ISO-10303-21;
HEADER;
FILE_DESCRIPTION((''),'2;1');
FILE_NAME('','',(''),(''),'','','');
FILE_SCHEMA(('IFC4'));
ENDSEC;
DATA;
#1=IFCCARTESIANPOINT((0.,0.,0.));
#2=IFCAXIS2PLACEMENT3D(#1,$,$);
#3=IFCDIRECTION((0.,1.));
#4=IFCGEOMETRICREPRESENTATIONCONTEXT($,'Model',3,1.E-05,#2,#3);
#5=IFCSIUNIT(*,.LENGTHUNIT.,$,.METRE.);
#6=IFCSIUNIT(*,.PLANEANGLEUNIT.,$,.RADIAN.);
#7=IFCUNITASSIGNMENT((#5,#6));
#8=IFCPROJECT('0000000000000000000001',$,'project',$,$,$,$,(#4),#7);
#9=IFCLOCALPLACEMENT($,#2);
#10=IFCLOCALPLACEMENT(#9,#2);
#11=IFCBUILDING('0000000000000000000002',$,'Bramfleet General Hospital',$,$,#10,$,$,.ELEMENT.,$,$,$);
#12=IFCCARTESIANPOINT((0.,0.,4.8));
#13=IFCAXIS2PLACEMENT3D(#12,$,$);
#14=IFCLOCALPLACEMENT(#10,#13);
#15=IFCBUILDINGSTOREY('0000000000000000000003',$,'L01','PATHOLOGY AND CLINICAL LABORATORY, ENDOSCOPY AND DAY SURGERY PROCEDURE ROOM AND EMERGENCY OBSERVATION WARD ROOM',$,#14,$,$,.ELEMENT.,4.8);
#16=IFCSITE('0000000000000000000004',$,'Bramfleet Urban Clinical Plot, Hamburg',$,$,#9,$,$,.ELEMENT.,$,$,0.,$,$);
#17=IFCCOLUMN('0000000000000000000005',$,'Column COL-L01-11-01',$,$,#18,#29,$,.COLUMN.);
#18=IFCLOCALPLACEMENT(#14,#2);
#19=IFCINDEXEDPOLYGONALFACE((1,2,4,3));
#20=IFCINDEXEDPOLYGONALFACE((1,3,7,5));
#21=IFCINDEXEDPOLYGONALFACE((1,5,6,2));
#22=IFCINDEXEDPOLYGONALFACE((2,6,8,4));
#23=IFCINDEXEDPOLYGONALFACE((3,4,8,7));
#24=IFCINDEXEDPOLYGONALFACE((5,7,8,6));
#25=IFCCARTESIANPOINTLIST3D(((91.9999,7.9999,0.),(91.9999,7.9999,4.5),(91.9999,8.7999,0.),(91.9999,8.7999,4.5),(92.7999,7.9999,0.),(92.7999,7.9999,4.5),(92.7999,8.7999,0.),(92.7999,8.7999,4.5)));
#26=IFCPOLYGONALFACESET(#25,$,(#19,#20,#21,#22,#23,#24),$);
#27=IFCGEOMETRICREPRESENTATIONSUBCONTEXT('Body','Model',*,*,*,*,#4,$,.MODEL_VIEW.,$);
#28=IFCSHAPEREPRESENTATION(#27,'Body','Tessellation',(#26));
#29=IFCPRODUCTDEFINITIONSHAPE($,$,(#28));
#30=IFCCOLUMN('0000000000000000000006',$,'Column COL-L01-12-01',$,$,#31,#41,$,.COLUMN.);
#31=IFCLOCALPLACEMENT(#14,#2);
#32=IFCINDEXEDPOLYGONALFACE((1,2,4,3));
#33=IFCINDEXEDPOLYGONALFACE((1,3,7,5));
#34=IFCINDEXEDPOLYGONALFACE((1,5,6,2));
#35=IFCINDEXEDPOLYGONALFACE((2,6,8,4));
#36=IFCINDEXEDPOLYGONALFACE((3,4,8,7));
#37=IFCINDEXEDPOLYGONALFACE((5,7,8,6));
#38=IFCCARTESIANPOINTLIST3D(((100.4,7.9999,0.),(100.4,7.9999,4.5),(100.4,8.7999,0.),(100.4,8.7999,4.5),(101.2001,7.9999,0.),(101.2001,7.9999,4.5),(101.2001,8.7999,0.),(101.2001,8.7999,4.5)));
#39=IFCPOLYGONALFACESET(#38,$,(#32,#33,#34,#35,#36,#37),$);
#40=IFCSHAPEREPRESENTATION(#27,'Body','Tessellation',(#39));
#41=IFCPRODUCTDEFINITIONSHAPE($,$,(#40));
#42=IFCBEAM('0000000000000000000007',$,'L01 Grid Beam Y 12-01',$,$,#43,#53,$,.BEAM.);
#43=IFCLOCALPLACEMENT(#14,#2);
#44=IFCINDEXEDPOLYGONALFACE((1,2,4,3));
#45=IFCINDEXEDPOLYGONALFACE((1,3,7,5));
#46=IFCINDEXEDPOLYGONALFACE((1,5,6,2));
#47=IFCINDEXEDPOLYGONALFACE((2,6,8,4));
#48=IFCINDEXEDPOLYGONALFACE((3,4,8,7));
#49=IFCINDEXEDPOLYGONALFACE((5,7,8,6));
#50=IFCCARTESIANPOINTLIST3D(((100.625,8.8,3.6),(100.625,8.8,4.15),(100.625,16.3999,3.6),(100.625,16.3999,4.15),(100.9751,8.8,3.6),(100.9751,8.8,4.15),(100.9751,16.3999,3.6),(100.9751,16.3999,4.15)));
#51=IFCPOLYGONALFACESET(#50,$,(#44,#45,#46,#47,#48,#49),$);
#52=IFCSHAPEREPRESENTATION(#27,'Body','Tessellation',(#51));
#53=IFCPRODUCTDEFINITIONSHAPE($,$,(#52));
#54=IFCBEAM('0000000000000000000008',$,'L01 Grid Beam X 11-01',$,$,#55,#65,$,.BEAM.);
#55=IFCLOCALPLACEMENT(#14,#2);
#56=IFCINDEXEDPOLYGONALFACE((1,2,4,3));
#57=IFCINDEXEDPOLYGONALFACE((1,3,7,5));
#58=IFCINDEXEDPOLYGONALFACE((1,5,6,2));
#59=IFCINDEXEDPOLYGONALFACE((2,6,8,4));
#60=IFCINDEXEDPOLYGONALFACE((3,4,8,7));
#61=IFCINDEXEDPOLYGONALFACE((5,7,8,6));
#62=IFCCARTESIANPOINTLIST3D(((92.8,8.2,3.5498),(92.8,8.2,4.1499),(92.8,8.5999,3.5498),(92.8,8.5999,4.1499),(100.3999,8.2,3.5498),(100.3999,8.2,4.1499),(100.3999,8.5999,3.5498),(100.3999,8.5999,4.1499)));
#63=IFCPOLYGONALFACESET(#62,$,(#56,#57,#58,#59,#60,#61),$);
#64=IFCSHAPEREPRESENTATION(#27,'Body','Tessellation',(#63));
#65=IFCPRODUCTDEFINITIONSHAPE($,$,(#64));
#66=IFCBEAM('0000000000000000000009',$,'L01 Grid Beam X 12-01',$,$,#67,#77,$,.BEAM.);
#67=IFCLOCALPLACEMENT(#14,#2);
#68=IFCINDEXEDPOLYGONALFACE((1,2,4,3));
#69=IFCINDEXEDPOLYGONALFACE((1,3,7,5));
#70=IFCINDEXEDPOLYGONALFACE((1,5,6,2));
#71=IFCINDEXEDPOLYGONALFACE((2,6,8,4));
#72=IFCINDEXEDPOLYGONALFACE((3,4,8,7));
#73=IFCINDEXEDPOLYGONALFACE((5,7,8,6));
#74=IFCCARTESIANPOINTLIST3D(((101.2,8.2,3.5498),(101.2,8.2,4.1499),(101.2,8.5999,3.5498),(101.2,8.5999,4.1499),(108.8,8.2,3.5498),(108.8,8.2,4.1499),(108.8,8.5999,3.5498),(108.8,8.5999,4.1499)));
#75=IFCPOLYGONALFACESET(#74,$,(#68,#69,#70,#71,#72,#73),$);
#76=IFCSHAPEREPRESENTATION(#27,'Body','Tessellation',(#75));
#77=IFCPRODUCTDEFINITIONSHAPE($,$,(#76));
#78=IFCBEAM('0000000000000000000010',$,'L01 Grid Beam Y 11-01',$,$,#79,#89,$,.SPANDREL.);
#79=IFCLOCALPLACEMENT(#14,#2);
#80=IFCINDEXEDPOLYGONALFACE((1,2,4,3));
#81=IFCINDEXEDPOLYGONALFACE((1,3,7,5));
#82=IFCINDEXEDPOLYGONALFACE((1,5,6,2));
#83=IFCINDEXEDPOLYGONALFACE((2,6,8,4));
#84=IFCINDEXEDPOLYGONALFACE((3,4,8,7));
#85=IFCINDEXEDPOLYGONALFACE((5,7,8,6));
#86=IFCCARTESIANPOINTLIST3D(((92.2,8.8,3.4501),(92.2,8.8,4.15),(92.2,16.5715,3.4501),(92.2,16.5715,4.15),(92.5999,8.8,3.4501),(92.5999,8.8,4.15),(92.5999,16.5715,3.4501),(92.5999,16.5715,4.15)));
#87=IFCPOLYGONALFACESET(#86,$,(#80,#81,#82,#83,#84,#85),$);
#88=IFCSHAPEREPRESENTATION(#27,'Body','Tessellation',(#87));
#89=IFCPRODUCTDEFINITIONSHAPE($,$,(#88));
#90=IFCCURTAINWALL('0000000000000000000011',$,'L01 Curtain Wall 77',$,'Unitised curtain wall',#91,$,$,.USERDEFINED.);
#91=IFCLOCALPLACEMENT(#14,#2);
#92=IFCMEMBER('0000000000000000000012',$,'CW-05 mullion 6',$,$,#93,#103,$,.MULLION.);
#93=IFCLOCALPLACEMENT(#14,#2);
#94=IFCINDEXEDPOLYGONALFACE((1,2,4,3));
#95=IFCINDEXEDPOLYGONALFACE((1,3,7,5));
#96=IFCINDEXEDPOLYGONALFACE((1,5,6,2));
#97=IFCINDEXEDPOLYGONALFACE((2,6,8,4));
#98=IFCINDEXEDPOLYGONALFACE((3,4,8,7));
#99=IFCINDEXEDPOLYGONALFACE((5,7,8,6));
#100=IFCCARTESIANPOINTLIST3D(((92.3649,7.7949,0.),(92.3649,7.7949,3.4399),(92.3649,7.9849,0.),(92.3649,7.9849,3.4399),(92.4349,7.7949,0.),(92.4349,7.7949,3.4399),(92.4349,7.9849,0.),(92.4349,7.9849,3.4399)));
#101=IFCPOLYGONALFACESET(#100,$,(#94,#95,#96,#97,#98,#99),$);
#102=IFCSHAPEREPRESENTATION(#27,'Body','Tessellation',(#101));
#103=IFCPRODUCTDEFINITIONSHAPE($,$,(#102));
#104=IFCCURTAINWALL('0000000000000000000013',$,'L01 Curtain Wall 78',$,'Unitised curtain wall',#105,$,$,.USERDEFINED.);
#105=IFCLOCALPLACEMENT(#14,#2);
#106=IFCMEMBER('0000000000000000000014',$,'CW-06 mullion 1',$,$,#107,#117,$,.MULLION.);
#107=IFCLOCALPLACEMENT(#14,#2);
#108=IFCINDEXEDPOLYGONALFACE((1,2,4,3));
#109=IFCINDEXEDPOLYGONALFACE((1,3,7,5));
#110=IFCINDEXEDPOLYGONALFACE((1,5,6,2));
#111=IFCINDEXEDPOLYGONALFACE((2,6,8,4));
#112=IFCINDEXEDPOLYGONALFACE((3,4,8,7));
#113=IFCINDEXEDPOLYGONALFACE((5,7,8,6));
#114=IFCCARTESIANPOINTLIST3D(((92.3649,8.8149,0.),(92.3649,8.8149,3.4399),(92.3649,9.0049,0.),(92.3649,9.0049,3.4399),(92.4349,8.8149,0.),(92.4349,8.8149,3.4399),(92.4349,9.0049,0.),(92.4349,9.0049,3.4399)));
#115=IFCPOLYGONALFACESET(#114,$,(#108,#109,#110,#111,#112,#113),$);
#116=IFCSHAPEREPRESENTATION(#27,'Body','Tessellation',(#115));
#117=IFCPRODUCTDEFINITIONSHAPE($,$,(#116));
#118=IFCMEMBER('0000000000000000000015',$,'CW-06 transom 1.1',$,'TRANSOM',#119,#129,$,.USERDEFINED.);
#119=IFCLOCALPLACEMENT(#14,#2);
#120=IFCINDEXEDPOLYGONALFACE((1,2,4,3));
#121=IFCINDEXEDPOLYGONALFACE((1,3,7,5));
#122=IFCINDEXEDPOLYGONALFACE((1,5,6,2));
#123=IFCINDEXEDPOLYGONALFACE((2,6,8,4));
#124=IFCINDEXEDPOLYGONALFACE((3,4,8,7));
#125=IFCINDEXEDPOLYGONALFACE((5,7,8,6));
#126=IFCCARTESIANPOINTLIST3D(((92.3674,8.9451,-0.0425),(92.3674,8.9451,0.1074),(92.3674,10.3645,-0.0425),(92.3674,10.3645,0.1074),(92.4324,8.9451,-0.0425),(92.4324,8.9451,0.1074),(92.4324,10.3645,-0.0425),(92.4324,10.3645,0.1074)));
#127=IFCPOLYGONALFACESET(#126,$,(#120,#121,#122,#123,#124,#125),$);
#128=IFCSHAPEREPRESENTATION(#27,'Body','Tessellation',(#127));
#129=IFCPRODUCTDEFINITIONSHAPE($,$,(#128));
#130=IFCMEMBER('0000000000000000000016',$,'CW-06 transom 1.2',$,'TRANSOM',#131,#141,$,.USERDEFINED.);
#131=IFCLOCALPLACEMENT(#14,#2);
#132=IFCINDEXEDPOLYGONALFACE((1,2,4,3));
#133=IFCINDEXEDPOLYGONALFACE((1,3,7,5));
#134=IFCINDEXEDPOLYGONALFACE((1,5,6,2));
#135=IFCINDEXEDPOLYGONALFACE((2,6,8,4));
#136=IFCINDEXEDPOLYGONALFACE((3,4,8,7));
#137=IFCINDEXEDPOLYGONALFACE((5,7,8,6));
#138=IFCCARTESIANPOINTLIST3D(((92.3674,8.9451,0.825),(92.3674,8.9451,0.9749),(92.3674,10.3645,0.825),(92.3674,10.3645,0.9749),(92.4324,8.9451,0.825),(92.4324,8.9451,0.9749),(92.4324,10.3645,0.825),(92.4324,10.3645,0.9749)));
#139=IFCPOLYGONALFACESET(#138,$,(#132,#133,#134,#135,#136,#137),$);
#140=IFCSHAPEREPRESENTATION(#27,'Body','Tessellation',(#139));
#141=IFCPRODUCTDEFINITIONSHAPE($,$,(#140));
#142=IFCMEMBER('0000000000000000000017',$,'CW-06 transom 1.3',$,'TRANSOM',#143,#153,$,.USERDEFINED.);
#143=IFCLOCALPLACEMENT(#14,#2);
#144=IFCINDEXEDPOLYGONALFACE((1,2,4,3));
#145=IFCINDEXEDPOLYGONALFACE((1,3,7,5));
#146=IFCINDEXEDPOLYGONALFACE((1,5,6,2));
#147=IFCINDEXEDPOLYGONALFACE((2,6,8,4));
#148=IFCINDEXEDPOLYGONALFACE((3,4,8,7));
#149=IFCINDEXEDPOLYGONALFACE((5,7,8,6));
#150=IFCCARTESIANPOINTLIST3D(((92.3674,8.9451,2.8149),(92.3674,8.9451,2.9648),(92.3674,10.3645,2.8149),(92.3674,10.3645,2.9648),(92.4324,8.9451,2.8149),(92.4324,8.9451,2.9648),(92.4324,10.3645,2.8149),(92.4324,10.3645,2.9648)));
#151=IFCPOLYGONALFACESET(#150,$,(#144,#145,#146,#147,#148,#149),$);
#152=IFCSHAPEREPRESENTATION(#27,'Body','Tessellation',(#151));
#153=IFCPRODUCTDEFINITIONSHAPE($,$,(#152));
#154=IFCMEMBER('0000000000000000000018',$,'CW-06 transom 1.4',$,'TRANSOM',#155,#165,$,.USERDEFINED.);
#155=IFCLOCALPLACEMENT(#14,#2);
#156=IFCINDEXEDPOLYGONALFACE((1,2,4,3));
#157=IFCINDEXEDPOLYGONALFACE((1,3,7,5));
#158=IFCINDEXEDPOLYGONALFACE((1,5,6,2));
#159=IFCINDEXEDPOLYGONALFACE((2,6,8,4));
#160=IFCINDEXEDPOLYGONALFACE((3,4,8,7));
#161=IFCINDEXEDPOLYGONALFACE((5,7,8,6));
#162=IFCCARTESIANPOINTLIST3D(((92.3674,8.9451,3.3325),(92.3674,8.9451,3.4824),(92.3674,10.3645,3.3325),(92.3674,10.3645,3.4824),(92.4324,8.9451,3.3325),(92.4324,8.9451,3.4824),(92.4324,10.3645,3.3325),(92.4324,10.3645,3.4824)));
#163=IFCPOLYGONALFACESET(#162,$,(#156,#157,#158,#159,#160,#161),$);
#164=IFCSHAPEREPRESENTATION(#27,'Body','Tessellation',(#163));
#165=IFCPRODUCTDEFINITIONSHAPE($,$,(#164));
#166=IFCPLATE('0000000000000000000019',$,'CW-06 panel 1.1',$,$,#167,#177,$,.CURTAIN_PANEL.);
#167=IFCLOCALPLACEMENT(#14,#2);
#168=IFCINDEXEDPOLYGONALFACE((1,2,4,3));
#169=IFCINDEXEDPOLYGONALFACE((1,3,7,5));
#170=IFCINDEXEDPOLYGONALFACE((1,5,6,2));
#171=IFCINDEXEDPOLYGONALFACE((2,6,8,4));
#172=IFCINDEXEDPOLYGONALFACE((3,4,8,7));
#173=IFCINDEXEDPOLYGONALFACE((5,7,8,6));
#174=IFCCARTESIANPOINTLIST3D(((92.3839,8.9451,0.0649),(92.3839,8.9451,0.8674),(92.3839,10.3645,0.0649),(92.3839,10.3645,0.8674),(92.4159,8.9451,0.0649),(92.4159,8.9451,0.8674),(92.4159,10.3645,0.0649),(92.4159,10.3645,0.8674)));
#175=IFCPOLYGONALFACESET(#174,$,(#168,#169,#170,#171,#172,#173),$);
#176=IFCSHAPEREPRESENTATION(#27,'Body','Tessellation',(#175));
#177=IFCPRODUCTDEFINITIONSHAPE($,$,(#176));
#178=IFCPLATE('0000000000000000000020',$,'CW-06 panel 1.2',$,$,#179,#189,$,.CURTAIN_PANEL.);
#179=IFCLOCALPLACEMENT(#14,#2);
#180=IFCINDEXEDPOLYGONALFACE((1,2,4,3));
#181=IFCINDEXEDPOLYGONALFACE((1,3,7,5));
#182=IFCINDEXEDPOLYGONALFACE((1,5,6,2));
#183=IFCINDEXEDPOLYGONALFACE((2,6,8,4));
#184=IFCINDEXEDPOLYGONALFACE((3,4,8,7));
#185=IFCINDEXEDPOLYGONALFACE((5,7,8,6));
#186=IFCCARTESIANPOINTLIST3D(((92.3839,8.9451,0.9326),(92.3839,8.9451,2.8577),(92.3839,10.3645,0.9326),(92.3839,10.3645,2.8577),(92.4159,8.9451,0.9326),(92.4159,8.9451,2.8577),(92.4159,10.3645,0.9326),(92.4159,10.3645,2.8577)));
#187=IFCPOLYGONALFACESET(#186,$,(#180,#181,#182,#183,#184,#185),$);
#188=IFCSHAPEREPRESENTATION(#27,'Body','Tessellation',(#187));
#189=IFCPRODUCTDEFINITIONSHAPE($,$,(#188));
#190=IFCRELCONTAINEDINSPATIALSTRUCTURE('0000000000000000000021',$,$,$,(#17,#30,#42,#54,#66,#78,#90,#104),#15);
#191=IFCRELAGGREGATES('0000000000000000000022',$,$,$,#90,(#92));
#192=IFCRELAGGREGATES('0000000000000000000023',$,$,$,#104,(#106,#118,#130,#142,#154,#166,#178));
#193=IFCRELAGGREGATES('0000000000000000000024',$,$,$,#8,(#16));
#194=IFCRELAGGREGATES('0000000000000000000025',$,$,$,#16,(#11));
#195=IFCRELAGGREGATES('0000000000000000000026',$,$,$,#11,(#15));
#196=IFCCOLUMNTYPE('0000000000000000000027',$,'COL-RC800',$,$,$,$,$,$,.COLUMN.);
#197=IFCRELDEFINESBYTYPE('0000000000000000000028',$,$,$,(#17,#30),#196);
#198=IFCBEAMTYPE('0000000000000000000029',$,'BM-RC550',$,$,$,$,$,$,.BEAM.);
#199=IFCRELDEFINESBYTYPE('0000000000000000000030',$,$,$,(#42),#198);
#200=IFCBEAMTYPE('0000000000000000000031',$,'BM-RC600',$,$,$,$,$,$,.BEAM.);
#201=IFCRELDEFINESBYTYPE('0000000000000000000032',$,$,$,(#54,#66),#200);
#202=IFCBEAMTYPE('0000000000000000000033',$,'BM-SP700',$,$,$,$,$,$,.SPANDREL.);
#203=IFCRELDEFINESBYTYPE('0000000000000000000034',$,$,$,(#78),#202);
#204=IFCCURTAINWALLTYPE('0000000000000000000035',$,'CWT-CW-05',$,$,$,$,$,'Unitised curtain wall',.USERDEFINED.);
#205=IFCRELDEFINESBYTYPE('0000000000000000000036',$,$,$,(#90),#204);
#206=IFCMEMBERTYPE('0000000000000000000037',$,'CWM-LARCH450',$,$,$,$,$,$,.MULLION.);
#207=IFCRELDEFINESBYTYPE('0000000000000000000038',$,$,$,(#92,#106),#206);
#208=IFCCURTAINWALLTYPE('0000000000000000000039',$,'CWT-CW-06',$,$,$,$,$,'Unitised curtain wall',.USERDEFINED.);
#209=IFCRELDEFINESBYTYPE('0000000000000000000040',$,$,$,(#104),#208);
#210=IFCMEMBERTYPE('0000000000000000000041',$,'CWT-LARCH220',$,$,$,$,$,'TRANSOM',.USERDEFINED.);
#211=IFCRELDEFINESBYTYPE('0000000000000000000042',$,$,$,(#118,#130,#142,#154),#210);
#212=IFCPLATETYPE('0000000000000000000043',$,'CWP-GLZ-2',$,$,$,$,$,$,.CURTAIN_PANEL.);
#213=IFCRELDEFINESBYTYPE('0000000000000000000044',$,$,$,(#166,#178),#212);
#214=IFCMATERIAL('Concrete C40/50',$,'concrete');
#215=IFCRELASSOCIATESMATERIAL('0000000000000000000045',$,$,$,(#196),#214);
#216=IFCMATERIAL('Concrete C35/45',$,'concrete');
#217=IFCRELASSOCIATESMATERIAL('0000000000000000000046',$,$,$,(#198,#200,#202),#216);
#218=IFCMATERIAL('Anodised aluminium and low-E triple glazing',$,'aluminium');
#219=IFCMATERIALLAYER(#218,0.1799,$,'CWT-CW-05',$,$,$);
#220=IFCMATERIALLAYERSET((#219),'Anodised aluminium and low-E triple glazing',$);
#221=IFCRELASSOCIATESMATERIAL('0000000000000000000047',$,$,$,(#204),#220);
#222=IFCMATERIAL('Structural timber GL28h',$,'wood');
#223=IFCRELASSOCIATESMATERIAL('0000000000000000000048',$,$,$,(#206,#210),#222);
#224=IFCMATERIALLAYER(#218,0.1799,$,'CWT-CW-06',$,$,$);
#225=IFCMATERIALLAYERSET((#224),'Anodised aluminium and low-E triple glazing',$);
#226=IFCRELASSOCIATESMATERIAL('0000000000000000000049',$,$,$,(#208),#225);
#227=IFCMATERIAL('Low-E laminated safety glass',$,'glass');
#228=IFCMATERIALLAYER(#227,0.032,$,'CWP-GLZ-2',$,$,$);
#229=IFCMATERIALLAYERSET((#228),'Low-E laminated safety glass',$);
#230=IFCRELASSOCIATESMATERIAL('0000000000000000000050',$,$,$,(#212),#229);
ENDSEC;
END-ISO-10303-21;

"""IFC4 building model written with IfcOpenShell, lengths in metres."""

from ifc_helpers import new_model, si_unit, direction, frame, origin, origin_2d, place, context, subcontext, project, spatial, rectangle, extrude, material, layer, layer_set, material_profile, profile_set, type_object, element, aggregate, save


model = new_model("IFC4")

# Units and contexts
model_context = context("Model", 3, precision=1e-05, world=origin(), true_north=direction((0.0, 1.0)))
body_context = subcontext(model_context, "Body", "Model", "MODEL_VIEW")
ifc_project = project(units=[si_unit("LENGTHUNIT", "METRE"), si_unit("PLANEANGLEUNIT", "RADIAN")], contexts=[model_context])

# Site, building, storey
site_placement = place(None, origin())
site = spatial("IfcSite", under=ifc_project, at=site_placement, Name="Bramfleet Urban Clinical Plot, Hamburg", CompositionType="ELEMENT", RefElevation=0.0)
building_placement = place(site_placement, origin())
building = spatial("IfcBuilding", under=site, at=building_placement, Name="Bramfleet General Hospital", CompositionType="ELEMENT")
storey_placement = place(building_placement, frame((0.0, 0.0, 4.8)))
storey = spatial("IfcBuildingStorey", under=building, at=storey_placement, Name="L01", Description="PATHOLOGY AND CLINICAL LABORATORY, ENDOSCOPY AND DAY SURGERY PROCEDURE ROOM AND EMERGENCY OBSERVATION WARD ROOM", CompositionType="ELEMENT", Elevation=4.8)

# Columns
ifc_material_1 = material(Name="Concrete C40/50", Category="concrete")
ifc_material_profile_1 = material_profile(ifc_material_1, rectangle(XDim=0.8, YDim=0.8, at=origin_2d()), Name="RC COL 800x800")
ifc_profile_set_1 = profile_set([ifc_material_profile_1], Name="Concrete C40/50")
column_type = type_object("IfcColumnType", Name="COL-RC800", PredefinedType="COLUMN", material=ifc_profile_set_1)
for number, where, z_axis, x_axis, name in (
    (1, (92.3999, 8.3999, 0.0), (0.0, 0.0, 1.0), (1.0, 0.0, 0.0), "Column COL-L01-11-01"),
    (2, (100.8, 8.3999, 0.0), (0.0, 0.0, 1.0), (1.0, 0.0, 0.0), "Column COL-L01-12-01"),
):
    element("IfcColumn", number, at=place(storey_placement, frame(where, z_axis=z_axis, x_axis=x_axis)), inside=storey, type_object=column_type, Name=name, PredefinedType="COLUMN", context=body_context, shape_type="SweptSolid", body=[
        extrude(rectangle(XDim=0.8, YDim=0.8, at=origin_2d()), origin(), (0.0, 0.0, 1.0), 4.5),
    ])

# Beams
ifc_material_2 = material(Name="Concrete C35/45", Category="concrete")
ifc_material_profile_2 = material_profile(ifc_material_2, rectangle(XDim=0.3501, YDim=0.55, at=origin_2d()), Name="RC BM 550x350")
ifc_profile_set_2 = profile_set([ifc_material_profile_2], Name="Concrete C35/45")
beam_type_1 = type_object("IfcBeamType", Name="BM-RC550", PredefinedType="BEAM", material=ifc_profile_set_2)
beam_1_placement = place(storey_placement, frame((100.8, 8.8, 3.875), z_axis=(0.0, 1.0, 0.0), x_axis=(-1.0, 0.0, 0.0)))
element("IfcBeam", 3, at=beam_1_placement, inside=storey, type_object=beam_type_1, Name="L01 Grid Beam Y 12-01", PredefinedType="BEAM", context=body_context, shape_type="SweptSolid", body=[
    extrude(rectangle(XDim=0.3501, YDim=0.55, at=origin_2d()), origin(), (0.0, 0.0, 1.0), 7.5999),
])
ifc_material_profile_3 = material_profile(ifc_material_2, rectangle(XDim=0.3999, YDim=0.6001, at=origin_2d()), Name="RC BM 600x400")
ifc_profile_set_3 = profile_set([ifc_material_profile_3], Name="Concrete C35/45")
beam_type_2 = type_object("IfcBeamType", Name="BM-RC600", PredefinedType="BEAM", material=ifc_profile_set_3)
beam_2_placement = place(storey_placement, frame((92.8, 8.3999, 3.8499), z_axis=(1.0, 0.0, 0.0), x_axis=(0.0, 1.0, 0.0)))
element("IfcBeam", 4, at=beam_2_placement, inside=storey, type_object=beam_type_2, Name="L01 Grid Beam X 11-01", PredefinedType="BEAM", context=body_context, shape_type="SweptSolid", body=[
    extrude(rectangle(XDim=0.3999, YDim=0.6001, at=origin_2d()), origin(), (0.0, 0.0, 1.0), 7.5999),
])
beam_3_placement = place(storey_placement, frame((101.2, 8.3999, 3.8499), z_axis=(1.0, 0.0, 0.0), x_axis=(0.0, 1.0, 0.0)))
element("IfcBeam", 5, at=beam_3_placement, inside=storey, type_object=beam_type_2, Name="L01 Grid Beam X 12-01", PredefinedType="BEAM", context=body_context, shape_type="SweptSolid", body=[
    extrude(rectangle(XDim=0.3999, YDim=0.6001, at=origin_2d()), origin(), (0.0, 0.0, 1.0), 7.6001),
])
ifc_material_profile_4 = material_profile(ifc_material_2, rectangle(XDim=0.3999, YDim=0.7, at=origin_2d()), Name="RC SP 700x400")
ifc_profile_set_4 = profile_set([ifc_material_profile_4], Name="Concrete C35/45")
beam_type_3 = type_object("IfcBeamType", Name="BM-SP700", PredefinedType="SPANDREL", material=ifc_profile_set_4)
beam_4_placement = place(storey_placement, frame((92.3999, 8.8, 3.8), z_axis=(0.0, 1.0, 0.0), x_axis=(-1.0, 0.0, 0.0)))
element("IfcBeam", 6, at=beam_4_placement, inside=storey, type_object=beam_type_3, Name="L01 Grid Beam Y 11-01", PredefinedType="SPANDREL", context=body_context, shape_type="SweptSolid", body=[
    extrude(rectangle(XDim=0.3999, YDim=0.7, at=origin_2d()), origin(), (0.0, 0.0, 1.0), 7.7715),
])

# Curtain wall, member
ifc_material_3 = material(Name="Anodised aluminium and low-E triple glazing", Category="aluminium")
ifc_layer_1 = layer(ifc_material_3, 0.1799, Name="CWT-CW-05")
ifc_layer_set_1 = layer_set([ifc_layer_1], Name="Anodised aluminium and low-E triple glazing")
curtain_wall_type_1 = type_object("IfcCurtainWallType", Name="CWT-CW-05", ElementType="Unitised curtain wall", PredefinedType="USERDEFINED", material=ifc_layer_set_1)
curtain_wall_1_placement = place(storey_placement, origin())
curtain_wall_1 = element("IfcCurtainWall", 7, at=curtain_wall_1_placement, inside=storey, type_object=curtain_wall_type_1, Name="L01 Curtain Wall 77", ObjectType="Unitised curtain wall", PredefinedType="USERDEFINED")
ifc_material_4 = material(Name="Structural timber GL28h", Category="wood")
ifc_material_profile_5 = material_profile(ifc_material_4, rectangle(XDim=0.0701, YDim=0.1899, at=origin_2d()), Name="LARCH 190x70")
ifc_profile_set_5 = profile_set([ifc_material_profile_5], Name="Structural timber GL28h")
member_type_1 = type_object("IfcMemberType", Name="CWM-LARCH450", PredefinedType="MULLION", material=ifc_profile_set_5)
member_1_placement = place(storey_placement, frame((92.3999, 7.8899, 0.0), z_axis=(0.0, 0.0, 1.0), x_axis=(-1.0, 0.0, 0.0)))
member_1 = element("IfcMember", 8, at=member_1_placement, type_object=member_type_1, Name="CW-05 mullion 6", PredefinedType="MULLION", context=body_context, shape_type="SweptSolid", body=[
    extrude(rectangle(XDim=0.0701, YDim=0.1899, at=origin_2d()), origin(), (0.0, 0.0, 1.0), 3.4399),
])
aggregate(curtain_wall_1, [member_1])

# Curtain wall, members, plates
ifc_layer_2 = layer(ifc_material_3, 0.1799, Name="CWT-CW-06")
ifc_layer_set_2 = layer_set([ifc_layer_2], Name="Anodised aluminium and low-E triple glazing")
curtain_wall_type_2 = type_object("IfcCurtainWallType", Name="CWT-CW-06", ElementType="Unitised curtain wall", PredefinedType="USERDEFINED", material=ifc_layer_set_2)
curtain_wall_2_placement = place(storey_placement, origin())
curtain_wall_2 = element("IfcCurtainWall", 9, at=curtain_wall_2_placement, inside=storey, type_object=curtain_wall_type_2, Name="L01 Curtain Wall 78", ObjectType="Unitised curtain wall", PredefinedType="USERDEFINED")
member_2_placement = place(storey_placement, frame((92.3999, 8.9099, 0.0), z_axis=(0.0, 0.0, 1.0), x_axis=(-1.0, 0.0, 0.0)))
member_2 = element("IfcMember", 10, at=member_2_placement, type_object=member_type_1, Name="CW-06 mullion 1", PredefinedType="MULLION", context=body_context, shape_type="SweptSolid", body=[
    extrude(rectangle(XDim=0.0701, YDim=0.1899, at=origin_2d()), origin(), (0.0, 0.0, 1.0), 3.4399),
])
ifc_material_profile_6 = material_profile(ifc_material_4, rectangle(XDim=0.0649, YDim=0.1499, at=origin_2d()), Name="LARCH 150x65")
ifc_profile_set_6 = profile_set([ifc_material_profile_6], Name="Structural timber GL28h")
member_type_2 = type_object("IfcMemberType", Name="CWT-LARCH220", ElementType="TRANSOM", PredefinedType="USERDEFINED", material=ifc_profile_set_6)
member_3_placement = place(storey_placement, frame((92.3999, 8.9451, 0.0325), z_axis=(0.0, 1.0, 0.0), x_axis=(-1.0, 0.0, 0.0)))
member_3 = element("IfcMember", 11, at=member_3_placement, type_object=member_type_2, Name="CW-06 transom 1.1", ObjectType="TRANSOM", PredefinedType="USERDEFINED", context=body_context, shape_type="SweptSolid", body=[
    extrude(rectangle(XDim=0.0649, YDim=0.1499, at=origin_2d()), origin(), (0.0, 0.0, 1.0), 1.4194),
])
member_4_placement = place(storey_placement, frame((92.3999, 8.9451, 0.8999), z_axis=(0.0, 1.0, 0.0), x_axis=(-1.0, 0.0, 0.0)))
member_4 = element("IfcMember", 12, at=member_4_placement, type_object=member_type_2, Name="CW-06 transom 1.2", ObjectType="TRANSOM", PredefinedType="USERDEFINED", context=body_context, shape_type="SweptSolid", body=[
    extrude(rectangle(XDim=0.0649, YDim=0.1499, at=origin_2d()), origin(), (0.0, 0.0, 1.0), 1.4194),
])
member_5_placement = place(storey_placement, frame((92.3999, 8.9451, 2.8899), z_axis=(0.0, 1.0, 0.0), x_axis=(-1.0, 0.0, 0.0)))
member_5 = element("IfcMember", 13, at=member_5_placement, type_object=member_type_2, Name="CW-06 transom 1.3", ObjectType="TRANSOM", PredefinedType="USERDEFINED", context=body_context, shape_type="SweptSolid", body=[
    extrude(rectangle(XDim=0.0649, YDim=0.1499, at=origin_2d()), origin(), (0.0, 0.0, 1.0), 1.4194),
])
member_6_placement = place(storey_placement, frame((92.3999, 8.9451, 3.4075), z_axis=(0.0, 1.0, 0.0), x_axis=(-1.0, 0.0, 0.0)))
member_6 = element("IfcMember", 14, at=member_6_placement, type_object=member_type_2, Name="CW-06 transom 1.4", ObjectType="TRANSOM", PredefinedType="USERDEFINED", context=body_context, shape_type="SweptSolid", body=[
    extrude(rectangle(XDim=0.0649, YDim=0.1499, at=origin_2d()), origin(), (0.0, 0.0, 1.0), 1.4194),
])
ifc_material_5 = material(Name="Low-E laminated safety glass", Category="glass")
ifc_layer_3 = layer(ifc_material_5, 0.032, Name="CWP-GLZ-2")
ifc_layer_set_3 = layer_set([ifc_layer_3], Name="Low-E laminated safety glass")
plate_type = type_object("IfcPlateType", Name="CWP-GLZ-2", PredefinedType="CURTAIN_PANEL", material=ifc_layer_set_3)
plate_1_placement = place(storey_placement, frame((92.3999, 9.6548, 0.0649), z_axis=(0.0, 0.0, 1.0), x_axis=(0.0, 1.0, 0.0)))
plate_1 = element("IfcPlate", 15, at=plate_1_placement, type_object=plate_type, Name="CW-06 panel 1.1", PredefinedType="CURTAIN_PANEL", context=body_context, shape_type="SweptSolid", body=[
    extrude(rectangle(XDim=1.4194, YDim=0.032, at=origin_2d()), origin(), (0.0, 0.0, 1.0), 0.8025),
])
plate_2_placement = place(storey_placement, frame((92.3999, 9.6548, 0.9326), z_axis=(0.0, 0.0, 1.0), x_axis=(0.0, 1.0, 0.0)))
plate_2 = element("IfcPlate", 16, at=plate_2_placement, type_object=plate_type, Name="CW-06 panel 1.2", PredefinedType="CURTAIN_PANEL", context=body_context, shape_type="SweptSolid", body=[
    extrude(rectangle(XDim=1.4194, YDim=0.032, at=origin_2d()), origin(), (0.0, 0.0, 1.0), 1.925),
])
aggregate(curtain_wall_2, [member_2, member_3, member_4, member_5, member_6, plate_1, plate_2])

save(model, "model.ifc")
